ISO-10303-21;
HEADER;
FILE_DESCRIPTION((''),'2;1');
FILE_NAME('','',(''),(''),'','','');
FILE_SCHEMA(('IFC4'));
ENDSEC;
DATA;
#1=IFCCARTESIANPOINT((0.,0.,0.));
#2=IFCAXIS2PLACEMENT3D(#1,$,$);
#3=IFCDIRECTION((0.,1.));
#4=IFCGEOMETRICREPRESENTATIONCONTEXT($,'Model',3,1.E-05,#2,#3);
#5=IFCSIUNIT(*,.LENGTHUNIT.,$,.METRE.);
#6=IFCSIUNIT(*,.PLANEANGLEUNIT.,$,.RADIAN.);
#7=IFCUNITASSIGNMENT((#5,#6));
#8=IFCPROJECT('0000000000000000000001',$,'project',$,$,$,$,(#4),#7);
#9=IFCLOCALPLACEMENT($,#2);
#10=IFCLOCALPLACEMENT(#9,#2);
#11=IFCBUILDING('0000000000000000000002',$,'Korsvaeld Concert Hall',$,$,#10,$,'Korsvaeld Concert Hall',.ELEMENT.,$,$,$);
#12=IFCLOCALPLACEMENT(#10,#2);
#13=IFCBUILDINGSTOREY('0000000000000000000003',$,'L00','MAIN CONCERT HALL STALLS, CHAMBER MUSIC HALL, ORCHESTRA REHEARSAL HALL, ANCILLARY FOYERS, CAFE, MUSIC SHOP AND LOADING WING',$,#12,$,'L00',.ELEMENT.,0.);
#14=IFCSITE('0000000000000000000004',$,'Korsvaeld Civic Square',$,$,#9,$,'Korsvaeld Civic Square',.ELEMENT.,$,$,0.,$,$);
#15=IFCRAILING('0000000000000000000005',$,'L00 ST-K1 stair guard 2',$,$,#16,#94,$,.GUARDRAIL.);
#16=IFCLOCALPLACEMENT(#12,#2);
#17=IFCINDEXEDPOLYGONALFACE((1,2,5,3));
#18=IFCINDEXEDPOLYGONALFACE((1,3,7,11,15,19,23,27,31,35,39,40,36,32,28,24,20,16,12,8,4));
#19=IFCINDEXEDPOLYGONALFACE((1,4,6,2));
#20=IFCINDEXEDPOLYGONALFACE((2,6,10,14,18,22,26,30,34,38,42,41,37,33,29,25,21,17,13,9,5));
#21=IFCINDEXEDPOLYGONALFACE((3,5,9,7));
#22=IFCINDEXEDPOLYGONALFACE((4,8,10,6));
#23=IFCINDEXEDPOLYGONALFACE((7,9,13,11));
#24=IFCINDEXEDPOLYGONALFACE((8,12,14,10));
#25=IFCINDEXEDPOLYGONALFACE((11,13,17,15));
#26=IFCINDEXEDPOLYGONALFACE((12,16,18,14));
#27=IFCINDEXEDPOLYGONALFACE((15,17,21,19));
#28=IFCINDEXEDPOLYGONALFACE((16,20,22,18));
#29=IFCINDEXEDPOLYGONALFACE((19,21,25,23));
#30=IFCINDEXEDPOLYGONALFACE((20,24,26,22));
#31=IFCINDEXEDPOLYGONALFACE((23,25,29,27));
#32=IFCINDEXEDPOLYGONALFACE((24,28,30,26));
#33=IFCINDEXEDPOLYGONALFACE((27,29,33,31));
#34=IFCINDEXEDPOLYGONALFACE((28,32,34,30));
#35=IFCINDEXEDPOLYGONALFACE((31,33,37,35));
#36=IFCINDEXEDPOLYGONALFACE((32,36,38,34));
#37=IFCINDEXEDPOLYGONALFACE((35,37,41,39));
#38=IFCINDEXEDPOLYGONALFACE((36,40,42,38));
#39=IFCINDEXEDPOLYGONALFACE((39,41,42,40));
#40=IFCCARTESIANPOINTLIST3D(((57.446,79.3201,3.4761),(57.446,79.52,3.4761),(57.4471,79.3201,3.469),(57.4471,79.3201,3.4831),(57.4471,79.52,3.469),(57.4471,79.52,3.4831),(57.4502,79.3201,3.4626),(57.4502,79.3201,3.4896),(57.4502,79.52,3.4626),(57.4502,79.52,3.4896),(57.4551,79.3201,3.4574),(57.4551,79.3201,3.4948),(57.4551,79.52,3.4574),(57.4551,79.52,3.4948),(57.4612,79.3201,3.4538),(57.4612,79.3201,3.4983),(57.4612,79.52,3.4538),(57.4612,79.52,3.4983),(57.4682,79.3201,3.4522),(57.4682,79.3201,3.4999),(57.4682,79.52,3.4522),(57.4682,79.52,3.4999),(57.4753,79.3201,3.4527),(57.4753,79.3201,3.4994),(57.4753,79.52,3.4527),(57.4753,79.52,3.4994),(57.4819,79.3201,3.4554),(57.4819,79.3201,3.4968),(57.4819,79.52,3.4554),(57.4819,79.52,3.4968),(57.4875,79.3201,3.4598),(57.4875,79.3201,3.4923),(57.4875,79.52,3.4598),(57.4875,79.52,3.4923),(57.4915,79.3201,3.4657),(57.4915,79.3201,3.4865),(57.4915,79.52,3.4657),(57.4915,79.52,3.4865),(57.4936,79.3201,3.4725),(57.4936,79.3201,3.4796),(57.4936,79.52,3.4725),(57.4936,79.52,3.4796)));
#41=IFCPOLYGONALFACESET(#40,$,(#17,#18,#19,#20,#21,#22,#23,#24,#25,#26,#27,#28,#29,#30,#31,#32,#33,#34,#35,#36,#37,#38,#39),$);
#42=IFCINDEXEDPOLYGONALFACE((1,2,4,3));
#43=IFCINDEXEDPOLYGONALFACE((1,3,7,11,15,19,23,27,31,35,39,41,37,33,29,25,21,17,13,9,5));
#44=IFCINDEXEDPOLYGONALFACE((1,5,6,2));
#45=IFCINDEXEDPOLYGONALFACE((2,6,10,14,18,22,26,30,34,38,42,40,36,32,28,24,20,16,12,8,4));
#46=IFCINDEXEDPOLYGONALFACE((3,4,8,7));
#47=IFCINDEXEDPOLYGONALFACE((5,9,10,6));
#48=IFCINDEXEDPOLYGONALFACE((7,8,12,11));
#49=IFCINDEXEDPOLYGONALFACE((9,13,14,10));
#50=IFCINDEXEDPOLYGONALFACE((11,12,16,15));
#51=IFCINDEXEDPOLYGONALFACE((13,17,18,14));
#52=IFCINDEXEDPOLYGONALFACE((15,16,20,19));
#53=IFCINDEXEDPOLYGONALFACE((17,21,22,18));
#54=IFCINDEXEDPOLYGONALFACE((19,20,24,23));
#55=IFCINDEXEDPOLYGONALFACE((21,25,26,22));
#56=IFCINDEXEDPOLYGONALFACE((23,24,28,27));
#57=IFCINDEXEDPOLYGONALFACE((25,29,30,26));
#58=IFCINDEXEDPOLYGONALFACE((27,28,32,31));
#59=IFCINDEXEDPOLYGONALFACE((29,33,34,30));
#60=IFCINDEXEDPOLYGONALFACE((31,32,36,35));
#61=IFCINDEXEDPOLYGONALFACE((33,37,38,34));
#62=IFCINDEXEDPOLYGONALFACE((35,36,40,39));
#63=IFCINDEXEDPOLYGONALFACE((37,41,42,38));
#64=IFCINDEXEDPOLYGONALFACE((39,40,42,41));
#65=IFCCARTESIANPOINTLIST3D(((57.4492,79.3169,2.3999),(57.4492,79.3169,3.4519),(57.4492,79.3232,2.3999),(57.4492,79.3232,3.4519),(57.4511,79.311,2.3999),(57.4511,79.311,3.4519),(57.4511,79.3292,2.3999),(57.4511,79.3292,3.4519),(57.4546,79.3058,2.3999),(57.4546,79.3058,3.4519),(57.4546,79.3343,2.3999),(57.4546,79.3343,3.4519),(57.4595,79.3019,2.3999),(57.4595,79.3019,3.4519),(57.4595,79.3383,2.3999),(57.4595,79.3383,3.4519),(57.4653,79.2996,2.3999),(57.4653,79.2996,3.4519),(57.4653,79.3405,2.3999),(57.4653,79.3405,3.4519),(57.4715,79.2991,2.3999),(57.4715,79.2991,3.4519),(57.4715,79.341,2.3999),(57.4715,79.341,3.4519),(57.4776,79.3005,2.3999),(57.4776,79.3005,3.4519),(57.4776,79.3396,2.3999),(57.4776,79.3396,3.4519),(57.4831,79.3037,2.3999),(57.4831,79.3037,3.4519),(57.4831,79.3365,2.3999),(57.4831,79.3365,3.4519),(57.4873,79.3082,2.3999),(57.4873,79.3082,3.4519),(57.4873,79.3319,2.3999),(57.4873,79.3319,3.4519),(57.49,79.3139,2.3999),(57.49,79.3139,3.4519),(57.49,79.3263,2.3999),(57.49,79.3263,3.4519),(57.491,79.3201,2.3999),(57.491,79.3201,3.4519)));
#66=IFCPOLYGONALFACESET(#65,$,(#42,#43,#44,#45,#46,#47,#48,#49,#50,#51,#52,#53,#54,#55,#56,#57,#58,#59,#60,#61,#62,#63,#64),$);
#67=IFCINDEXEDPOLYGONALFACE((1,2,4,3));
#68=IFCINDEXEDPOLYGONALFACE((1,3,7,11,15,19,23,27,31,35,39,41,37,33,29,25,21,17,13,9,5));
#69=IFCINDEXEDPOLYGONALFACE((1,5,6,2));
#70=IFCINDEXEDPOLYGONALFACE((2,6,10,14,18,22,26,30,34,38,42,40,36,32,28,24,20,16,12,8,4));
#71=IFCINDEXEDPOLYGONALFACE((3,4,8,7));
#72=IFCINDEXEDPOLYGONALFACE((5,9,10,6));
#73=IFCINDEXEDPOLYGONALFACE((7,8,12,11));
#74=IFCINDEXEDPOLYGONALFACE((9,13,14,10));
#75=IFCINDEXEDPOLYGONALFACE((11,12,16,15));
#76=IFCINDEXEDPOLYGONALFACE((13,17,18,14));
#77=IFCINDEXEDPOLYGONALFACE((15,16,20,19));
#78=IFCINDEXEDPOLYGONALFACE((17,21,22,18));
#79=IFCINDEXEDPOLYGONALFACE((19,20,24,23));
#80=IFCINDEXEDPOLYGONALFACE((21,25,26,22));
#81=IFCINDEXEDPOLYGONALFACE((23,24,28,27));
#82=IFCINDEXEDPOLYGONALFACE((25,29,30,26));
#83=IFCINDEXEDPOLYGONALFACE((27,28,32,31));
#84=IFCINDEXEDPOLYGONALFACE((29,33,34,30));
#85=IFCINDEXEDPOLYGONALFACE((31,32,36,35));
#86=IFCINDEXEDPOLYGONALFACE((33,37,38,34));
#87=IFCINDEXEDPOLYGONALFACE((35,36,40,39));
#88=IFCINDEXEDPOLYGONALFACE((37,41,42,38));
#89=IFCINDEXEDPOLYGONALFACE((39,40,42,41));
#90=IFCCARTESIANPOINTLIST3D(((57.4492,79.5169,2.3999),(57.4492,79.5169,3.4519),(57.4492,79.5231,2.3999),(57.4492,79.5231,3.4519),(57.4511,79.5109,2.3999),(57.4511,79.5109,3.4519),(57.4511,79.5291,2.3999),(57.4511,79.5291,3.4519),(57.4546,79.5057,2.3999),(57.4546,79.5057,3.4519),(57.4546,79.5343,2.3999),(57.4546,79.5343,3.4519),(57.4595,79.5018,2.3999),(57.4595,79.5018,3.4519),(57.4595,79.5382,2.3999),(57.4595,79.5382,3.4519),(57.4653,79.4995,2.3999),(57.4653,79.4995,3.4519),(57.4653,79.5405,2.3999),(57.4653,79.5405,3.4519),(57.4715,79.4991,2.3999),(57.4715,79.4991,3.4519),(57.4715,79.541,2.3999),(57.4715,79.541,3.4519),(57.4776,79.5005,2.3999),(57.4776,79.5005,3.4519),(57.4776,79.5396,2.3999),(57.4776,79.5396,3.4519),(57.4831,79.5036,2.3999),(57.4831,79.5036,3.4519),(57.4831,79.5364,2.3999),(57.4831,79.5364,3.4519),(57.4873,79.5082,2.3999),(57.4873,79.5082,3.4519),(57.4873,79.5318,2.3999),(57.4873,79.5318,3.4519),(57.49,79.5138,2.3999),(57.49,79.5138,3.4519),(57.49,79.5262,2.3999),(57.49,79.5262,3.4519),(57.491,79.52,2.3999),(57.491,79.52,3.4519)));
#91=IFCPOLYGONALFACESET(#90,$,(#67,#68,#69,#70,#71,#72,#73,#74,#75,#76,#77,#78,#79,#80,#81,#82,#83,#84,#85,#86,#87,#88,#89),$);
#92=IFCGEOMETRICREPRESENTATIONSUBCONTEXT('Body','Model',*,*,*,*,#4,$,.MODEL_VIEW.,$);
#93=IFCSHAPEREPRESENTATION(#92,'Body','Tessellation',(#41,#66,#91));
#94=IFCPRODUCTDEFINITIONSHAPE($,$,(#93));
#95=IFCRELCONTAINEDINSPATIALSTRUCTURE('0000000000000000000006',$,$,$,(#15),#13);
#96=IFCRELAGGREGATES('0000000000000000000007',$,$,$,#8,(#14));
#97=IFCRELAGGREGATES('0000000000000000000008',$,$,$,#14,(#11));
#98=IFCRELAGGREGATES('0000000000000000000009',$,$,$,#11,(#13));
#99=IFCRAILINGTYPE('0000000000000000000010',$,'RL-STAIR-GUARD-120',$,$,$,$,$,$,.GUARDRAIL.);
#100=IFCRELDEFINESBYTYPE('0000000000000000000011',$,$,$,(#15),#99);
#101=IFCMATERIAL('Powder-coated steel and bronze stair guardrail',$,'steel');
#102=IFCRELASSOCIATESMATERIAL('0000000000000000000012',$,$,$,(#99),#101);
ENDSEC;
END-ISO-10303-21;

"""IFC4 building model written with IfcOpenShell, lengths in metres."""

from ifc_helpers import new_model, si_unit, direction, frame, origin, origin_2d, place, context, subcontext, project, spatial, circle, extrude, material, type_object, element, save


model = new_model("IFC4")

# Units and contexts
model_context = context("Model", 3, precision=1e-05, world=origin(), true_north=direction((0.0, 1.0)))
body_context = subcontext(model_context, "Body", "Model", "MODEL_VIEW")
ifc_project = project(units=[si_unit("LENGTHUNIT", "METRE"), si_unit("PLANEANGLEUNIT", "RADIAN")], contexts=[model_context])

# Site, building, storey
site_placement = place(None, origin())
site = spatial("IfcSite", under=ifc_project, at=site_placement, Name="Korsvaeld Civic Square", LongName="Korsvaeld Civic Square", CompositionType="ELEMENT", RefElevation=0.0)
building_placement = place(site_placement, origin())
building = spatial("IfcBuilding", under=site, at=building_placement, Name="Korsvaeld Concert Hall", LongName="Korsvaeld Concert Hall", CompositionType="ELEMENT")
storey_placement = place(building_placement, origin())
storey = spatial("IfcBuildingStorey", under=building, at=storey_placement, Name="L00", Description="MAIN CONCERT HALL STALLS, CHAMBER MUSIC HALL, ORCHESTRA REHEARSAL HALL, ANCILLARY FOYERS, CAFE, MUSIC SHOP AND LOADING WING", LongName="L00", CompositionType="ELEMENT", Elevation=0.0)

# Railing
ifc_material_1 = material(Name="Powder-coated steel and bronze stair guardrail", Category="steel")
railing_type_1 = type_object("IfcRailingType", Name="RL-STAIR-GUARD-120", PredefinedType="GUARDRAIL", material=ifc_material_1)
railing_1_placement = place(storey_placement, frame((57.47, 79.3201, 2.3999)))
element("IfcRailing", 1, at=railing_1_placement, inside=storey, type_object=railing_type_1, Name="L00 ST-K1 stair guard 2", PredefinedType="GUARDRAIL", context=body_context, shape_type="SweptSolid", body=[
    extrude(circle(Radius=0.0239, at=origin_2d()), frame((0.0, 0.0, 1.0762), z_axis=(0.0, 1.0, 0.0), x_axis=(-1.0, 0.0, 0.0)), (0.0, 0.0, 1.0), 0.2),
    extrude(circle(Radius=0.021, at=origin_2d()), origin(), (0.0, 0.0, 1.0), 1.052),
    extrude(circle(Radius=0.021, at=origin_2d()), frame((0.0, 0.2, 0.0)), (0.0, 0.0, 1.0), 1.052),
])

save(model, "model.ifc")
